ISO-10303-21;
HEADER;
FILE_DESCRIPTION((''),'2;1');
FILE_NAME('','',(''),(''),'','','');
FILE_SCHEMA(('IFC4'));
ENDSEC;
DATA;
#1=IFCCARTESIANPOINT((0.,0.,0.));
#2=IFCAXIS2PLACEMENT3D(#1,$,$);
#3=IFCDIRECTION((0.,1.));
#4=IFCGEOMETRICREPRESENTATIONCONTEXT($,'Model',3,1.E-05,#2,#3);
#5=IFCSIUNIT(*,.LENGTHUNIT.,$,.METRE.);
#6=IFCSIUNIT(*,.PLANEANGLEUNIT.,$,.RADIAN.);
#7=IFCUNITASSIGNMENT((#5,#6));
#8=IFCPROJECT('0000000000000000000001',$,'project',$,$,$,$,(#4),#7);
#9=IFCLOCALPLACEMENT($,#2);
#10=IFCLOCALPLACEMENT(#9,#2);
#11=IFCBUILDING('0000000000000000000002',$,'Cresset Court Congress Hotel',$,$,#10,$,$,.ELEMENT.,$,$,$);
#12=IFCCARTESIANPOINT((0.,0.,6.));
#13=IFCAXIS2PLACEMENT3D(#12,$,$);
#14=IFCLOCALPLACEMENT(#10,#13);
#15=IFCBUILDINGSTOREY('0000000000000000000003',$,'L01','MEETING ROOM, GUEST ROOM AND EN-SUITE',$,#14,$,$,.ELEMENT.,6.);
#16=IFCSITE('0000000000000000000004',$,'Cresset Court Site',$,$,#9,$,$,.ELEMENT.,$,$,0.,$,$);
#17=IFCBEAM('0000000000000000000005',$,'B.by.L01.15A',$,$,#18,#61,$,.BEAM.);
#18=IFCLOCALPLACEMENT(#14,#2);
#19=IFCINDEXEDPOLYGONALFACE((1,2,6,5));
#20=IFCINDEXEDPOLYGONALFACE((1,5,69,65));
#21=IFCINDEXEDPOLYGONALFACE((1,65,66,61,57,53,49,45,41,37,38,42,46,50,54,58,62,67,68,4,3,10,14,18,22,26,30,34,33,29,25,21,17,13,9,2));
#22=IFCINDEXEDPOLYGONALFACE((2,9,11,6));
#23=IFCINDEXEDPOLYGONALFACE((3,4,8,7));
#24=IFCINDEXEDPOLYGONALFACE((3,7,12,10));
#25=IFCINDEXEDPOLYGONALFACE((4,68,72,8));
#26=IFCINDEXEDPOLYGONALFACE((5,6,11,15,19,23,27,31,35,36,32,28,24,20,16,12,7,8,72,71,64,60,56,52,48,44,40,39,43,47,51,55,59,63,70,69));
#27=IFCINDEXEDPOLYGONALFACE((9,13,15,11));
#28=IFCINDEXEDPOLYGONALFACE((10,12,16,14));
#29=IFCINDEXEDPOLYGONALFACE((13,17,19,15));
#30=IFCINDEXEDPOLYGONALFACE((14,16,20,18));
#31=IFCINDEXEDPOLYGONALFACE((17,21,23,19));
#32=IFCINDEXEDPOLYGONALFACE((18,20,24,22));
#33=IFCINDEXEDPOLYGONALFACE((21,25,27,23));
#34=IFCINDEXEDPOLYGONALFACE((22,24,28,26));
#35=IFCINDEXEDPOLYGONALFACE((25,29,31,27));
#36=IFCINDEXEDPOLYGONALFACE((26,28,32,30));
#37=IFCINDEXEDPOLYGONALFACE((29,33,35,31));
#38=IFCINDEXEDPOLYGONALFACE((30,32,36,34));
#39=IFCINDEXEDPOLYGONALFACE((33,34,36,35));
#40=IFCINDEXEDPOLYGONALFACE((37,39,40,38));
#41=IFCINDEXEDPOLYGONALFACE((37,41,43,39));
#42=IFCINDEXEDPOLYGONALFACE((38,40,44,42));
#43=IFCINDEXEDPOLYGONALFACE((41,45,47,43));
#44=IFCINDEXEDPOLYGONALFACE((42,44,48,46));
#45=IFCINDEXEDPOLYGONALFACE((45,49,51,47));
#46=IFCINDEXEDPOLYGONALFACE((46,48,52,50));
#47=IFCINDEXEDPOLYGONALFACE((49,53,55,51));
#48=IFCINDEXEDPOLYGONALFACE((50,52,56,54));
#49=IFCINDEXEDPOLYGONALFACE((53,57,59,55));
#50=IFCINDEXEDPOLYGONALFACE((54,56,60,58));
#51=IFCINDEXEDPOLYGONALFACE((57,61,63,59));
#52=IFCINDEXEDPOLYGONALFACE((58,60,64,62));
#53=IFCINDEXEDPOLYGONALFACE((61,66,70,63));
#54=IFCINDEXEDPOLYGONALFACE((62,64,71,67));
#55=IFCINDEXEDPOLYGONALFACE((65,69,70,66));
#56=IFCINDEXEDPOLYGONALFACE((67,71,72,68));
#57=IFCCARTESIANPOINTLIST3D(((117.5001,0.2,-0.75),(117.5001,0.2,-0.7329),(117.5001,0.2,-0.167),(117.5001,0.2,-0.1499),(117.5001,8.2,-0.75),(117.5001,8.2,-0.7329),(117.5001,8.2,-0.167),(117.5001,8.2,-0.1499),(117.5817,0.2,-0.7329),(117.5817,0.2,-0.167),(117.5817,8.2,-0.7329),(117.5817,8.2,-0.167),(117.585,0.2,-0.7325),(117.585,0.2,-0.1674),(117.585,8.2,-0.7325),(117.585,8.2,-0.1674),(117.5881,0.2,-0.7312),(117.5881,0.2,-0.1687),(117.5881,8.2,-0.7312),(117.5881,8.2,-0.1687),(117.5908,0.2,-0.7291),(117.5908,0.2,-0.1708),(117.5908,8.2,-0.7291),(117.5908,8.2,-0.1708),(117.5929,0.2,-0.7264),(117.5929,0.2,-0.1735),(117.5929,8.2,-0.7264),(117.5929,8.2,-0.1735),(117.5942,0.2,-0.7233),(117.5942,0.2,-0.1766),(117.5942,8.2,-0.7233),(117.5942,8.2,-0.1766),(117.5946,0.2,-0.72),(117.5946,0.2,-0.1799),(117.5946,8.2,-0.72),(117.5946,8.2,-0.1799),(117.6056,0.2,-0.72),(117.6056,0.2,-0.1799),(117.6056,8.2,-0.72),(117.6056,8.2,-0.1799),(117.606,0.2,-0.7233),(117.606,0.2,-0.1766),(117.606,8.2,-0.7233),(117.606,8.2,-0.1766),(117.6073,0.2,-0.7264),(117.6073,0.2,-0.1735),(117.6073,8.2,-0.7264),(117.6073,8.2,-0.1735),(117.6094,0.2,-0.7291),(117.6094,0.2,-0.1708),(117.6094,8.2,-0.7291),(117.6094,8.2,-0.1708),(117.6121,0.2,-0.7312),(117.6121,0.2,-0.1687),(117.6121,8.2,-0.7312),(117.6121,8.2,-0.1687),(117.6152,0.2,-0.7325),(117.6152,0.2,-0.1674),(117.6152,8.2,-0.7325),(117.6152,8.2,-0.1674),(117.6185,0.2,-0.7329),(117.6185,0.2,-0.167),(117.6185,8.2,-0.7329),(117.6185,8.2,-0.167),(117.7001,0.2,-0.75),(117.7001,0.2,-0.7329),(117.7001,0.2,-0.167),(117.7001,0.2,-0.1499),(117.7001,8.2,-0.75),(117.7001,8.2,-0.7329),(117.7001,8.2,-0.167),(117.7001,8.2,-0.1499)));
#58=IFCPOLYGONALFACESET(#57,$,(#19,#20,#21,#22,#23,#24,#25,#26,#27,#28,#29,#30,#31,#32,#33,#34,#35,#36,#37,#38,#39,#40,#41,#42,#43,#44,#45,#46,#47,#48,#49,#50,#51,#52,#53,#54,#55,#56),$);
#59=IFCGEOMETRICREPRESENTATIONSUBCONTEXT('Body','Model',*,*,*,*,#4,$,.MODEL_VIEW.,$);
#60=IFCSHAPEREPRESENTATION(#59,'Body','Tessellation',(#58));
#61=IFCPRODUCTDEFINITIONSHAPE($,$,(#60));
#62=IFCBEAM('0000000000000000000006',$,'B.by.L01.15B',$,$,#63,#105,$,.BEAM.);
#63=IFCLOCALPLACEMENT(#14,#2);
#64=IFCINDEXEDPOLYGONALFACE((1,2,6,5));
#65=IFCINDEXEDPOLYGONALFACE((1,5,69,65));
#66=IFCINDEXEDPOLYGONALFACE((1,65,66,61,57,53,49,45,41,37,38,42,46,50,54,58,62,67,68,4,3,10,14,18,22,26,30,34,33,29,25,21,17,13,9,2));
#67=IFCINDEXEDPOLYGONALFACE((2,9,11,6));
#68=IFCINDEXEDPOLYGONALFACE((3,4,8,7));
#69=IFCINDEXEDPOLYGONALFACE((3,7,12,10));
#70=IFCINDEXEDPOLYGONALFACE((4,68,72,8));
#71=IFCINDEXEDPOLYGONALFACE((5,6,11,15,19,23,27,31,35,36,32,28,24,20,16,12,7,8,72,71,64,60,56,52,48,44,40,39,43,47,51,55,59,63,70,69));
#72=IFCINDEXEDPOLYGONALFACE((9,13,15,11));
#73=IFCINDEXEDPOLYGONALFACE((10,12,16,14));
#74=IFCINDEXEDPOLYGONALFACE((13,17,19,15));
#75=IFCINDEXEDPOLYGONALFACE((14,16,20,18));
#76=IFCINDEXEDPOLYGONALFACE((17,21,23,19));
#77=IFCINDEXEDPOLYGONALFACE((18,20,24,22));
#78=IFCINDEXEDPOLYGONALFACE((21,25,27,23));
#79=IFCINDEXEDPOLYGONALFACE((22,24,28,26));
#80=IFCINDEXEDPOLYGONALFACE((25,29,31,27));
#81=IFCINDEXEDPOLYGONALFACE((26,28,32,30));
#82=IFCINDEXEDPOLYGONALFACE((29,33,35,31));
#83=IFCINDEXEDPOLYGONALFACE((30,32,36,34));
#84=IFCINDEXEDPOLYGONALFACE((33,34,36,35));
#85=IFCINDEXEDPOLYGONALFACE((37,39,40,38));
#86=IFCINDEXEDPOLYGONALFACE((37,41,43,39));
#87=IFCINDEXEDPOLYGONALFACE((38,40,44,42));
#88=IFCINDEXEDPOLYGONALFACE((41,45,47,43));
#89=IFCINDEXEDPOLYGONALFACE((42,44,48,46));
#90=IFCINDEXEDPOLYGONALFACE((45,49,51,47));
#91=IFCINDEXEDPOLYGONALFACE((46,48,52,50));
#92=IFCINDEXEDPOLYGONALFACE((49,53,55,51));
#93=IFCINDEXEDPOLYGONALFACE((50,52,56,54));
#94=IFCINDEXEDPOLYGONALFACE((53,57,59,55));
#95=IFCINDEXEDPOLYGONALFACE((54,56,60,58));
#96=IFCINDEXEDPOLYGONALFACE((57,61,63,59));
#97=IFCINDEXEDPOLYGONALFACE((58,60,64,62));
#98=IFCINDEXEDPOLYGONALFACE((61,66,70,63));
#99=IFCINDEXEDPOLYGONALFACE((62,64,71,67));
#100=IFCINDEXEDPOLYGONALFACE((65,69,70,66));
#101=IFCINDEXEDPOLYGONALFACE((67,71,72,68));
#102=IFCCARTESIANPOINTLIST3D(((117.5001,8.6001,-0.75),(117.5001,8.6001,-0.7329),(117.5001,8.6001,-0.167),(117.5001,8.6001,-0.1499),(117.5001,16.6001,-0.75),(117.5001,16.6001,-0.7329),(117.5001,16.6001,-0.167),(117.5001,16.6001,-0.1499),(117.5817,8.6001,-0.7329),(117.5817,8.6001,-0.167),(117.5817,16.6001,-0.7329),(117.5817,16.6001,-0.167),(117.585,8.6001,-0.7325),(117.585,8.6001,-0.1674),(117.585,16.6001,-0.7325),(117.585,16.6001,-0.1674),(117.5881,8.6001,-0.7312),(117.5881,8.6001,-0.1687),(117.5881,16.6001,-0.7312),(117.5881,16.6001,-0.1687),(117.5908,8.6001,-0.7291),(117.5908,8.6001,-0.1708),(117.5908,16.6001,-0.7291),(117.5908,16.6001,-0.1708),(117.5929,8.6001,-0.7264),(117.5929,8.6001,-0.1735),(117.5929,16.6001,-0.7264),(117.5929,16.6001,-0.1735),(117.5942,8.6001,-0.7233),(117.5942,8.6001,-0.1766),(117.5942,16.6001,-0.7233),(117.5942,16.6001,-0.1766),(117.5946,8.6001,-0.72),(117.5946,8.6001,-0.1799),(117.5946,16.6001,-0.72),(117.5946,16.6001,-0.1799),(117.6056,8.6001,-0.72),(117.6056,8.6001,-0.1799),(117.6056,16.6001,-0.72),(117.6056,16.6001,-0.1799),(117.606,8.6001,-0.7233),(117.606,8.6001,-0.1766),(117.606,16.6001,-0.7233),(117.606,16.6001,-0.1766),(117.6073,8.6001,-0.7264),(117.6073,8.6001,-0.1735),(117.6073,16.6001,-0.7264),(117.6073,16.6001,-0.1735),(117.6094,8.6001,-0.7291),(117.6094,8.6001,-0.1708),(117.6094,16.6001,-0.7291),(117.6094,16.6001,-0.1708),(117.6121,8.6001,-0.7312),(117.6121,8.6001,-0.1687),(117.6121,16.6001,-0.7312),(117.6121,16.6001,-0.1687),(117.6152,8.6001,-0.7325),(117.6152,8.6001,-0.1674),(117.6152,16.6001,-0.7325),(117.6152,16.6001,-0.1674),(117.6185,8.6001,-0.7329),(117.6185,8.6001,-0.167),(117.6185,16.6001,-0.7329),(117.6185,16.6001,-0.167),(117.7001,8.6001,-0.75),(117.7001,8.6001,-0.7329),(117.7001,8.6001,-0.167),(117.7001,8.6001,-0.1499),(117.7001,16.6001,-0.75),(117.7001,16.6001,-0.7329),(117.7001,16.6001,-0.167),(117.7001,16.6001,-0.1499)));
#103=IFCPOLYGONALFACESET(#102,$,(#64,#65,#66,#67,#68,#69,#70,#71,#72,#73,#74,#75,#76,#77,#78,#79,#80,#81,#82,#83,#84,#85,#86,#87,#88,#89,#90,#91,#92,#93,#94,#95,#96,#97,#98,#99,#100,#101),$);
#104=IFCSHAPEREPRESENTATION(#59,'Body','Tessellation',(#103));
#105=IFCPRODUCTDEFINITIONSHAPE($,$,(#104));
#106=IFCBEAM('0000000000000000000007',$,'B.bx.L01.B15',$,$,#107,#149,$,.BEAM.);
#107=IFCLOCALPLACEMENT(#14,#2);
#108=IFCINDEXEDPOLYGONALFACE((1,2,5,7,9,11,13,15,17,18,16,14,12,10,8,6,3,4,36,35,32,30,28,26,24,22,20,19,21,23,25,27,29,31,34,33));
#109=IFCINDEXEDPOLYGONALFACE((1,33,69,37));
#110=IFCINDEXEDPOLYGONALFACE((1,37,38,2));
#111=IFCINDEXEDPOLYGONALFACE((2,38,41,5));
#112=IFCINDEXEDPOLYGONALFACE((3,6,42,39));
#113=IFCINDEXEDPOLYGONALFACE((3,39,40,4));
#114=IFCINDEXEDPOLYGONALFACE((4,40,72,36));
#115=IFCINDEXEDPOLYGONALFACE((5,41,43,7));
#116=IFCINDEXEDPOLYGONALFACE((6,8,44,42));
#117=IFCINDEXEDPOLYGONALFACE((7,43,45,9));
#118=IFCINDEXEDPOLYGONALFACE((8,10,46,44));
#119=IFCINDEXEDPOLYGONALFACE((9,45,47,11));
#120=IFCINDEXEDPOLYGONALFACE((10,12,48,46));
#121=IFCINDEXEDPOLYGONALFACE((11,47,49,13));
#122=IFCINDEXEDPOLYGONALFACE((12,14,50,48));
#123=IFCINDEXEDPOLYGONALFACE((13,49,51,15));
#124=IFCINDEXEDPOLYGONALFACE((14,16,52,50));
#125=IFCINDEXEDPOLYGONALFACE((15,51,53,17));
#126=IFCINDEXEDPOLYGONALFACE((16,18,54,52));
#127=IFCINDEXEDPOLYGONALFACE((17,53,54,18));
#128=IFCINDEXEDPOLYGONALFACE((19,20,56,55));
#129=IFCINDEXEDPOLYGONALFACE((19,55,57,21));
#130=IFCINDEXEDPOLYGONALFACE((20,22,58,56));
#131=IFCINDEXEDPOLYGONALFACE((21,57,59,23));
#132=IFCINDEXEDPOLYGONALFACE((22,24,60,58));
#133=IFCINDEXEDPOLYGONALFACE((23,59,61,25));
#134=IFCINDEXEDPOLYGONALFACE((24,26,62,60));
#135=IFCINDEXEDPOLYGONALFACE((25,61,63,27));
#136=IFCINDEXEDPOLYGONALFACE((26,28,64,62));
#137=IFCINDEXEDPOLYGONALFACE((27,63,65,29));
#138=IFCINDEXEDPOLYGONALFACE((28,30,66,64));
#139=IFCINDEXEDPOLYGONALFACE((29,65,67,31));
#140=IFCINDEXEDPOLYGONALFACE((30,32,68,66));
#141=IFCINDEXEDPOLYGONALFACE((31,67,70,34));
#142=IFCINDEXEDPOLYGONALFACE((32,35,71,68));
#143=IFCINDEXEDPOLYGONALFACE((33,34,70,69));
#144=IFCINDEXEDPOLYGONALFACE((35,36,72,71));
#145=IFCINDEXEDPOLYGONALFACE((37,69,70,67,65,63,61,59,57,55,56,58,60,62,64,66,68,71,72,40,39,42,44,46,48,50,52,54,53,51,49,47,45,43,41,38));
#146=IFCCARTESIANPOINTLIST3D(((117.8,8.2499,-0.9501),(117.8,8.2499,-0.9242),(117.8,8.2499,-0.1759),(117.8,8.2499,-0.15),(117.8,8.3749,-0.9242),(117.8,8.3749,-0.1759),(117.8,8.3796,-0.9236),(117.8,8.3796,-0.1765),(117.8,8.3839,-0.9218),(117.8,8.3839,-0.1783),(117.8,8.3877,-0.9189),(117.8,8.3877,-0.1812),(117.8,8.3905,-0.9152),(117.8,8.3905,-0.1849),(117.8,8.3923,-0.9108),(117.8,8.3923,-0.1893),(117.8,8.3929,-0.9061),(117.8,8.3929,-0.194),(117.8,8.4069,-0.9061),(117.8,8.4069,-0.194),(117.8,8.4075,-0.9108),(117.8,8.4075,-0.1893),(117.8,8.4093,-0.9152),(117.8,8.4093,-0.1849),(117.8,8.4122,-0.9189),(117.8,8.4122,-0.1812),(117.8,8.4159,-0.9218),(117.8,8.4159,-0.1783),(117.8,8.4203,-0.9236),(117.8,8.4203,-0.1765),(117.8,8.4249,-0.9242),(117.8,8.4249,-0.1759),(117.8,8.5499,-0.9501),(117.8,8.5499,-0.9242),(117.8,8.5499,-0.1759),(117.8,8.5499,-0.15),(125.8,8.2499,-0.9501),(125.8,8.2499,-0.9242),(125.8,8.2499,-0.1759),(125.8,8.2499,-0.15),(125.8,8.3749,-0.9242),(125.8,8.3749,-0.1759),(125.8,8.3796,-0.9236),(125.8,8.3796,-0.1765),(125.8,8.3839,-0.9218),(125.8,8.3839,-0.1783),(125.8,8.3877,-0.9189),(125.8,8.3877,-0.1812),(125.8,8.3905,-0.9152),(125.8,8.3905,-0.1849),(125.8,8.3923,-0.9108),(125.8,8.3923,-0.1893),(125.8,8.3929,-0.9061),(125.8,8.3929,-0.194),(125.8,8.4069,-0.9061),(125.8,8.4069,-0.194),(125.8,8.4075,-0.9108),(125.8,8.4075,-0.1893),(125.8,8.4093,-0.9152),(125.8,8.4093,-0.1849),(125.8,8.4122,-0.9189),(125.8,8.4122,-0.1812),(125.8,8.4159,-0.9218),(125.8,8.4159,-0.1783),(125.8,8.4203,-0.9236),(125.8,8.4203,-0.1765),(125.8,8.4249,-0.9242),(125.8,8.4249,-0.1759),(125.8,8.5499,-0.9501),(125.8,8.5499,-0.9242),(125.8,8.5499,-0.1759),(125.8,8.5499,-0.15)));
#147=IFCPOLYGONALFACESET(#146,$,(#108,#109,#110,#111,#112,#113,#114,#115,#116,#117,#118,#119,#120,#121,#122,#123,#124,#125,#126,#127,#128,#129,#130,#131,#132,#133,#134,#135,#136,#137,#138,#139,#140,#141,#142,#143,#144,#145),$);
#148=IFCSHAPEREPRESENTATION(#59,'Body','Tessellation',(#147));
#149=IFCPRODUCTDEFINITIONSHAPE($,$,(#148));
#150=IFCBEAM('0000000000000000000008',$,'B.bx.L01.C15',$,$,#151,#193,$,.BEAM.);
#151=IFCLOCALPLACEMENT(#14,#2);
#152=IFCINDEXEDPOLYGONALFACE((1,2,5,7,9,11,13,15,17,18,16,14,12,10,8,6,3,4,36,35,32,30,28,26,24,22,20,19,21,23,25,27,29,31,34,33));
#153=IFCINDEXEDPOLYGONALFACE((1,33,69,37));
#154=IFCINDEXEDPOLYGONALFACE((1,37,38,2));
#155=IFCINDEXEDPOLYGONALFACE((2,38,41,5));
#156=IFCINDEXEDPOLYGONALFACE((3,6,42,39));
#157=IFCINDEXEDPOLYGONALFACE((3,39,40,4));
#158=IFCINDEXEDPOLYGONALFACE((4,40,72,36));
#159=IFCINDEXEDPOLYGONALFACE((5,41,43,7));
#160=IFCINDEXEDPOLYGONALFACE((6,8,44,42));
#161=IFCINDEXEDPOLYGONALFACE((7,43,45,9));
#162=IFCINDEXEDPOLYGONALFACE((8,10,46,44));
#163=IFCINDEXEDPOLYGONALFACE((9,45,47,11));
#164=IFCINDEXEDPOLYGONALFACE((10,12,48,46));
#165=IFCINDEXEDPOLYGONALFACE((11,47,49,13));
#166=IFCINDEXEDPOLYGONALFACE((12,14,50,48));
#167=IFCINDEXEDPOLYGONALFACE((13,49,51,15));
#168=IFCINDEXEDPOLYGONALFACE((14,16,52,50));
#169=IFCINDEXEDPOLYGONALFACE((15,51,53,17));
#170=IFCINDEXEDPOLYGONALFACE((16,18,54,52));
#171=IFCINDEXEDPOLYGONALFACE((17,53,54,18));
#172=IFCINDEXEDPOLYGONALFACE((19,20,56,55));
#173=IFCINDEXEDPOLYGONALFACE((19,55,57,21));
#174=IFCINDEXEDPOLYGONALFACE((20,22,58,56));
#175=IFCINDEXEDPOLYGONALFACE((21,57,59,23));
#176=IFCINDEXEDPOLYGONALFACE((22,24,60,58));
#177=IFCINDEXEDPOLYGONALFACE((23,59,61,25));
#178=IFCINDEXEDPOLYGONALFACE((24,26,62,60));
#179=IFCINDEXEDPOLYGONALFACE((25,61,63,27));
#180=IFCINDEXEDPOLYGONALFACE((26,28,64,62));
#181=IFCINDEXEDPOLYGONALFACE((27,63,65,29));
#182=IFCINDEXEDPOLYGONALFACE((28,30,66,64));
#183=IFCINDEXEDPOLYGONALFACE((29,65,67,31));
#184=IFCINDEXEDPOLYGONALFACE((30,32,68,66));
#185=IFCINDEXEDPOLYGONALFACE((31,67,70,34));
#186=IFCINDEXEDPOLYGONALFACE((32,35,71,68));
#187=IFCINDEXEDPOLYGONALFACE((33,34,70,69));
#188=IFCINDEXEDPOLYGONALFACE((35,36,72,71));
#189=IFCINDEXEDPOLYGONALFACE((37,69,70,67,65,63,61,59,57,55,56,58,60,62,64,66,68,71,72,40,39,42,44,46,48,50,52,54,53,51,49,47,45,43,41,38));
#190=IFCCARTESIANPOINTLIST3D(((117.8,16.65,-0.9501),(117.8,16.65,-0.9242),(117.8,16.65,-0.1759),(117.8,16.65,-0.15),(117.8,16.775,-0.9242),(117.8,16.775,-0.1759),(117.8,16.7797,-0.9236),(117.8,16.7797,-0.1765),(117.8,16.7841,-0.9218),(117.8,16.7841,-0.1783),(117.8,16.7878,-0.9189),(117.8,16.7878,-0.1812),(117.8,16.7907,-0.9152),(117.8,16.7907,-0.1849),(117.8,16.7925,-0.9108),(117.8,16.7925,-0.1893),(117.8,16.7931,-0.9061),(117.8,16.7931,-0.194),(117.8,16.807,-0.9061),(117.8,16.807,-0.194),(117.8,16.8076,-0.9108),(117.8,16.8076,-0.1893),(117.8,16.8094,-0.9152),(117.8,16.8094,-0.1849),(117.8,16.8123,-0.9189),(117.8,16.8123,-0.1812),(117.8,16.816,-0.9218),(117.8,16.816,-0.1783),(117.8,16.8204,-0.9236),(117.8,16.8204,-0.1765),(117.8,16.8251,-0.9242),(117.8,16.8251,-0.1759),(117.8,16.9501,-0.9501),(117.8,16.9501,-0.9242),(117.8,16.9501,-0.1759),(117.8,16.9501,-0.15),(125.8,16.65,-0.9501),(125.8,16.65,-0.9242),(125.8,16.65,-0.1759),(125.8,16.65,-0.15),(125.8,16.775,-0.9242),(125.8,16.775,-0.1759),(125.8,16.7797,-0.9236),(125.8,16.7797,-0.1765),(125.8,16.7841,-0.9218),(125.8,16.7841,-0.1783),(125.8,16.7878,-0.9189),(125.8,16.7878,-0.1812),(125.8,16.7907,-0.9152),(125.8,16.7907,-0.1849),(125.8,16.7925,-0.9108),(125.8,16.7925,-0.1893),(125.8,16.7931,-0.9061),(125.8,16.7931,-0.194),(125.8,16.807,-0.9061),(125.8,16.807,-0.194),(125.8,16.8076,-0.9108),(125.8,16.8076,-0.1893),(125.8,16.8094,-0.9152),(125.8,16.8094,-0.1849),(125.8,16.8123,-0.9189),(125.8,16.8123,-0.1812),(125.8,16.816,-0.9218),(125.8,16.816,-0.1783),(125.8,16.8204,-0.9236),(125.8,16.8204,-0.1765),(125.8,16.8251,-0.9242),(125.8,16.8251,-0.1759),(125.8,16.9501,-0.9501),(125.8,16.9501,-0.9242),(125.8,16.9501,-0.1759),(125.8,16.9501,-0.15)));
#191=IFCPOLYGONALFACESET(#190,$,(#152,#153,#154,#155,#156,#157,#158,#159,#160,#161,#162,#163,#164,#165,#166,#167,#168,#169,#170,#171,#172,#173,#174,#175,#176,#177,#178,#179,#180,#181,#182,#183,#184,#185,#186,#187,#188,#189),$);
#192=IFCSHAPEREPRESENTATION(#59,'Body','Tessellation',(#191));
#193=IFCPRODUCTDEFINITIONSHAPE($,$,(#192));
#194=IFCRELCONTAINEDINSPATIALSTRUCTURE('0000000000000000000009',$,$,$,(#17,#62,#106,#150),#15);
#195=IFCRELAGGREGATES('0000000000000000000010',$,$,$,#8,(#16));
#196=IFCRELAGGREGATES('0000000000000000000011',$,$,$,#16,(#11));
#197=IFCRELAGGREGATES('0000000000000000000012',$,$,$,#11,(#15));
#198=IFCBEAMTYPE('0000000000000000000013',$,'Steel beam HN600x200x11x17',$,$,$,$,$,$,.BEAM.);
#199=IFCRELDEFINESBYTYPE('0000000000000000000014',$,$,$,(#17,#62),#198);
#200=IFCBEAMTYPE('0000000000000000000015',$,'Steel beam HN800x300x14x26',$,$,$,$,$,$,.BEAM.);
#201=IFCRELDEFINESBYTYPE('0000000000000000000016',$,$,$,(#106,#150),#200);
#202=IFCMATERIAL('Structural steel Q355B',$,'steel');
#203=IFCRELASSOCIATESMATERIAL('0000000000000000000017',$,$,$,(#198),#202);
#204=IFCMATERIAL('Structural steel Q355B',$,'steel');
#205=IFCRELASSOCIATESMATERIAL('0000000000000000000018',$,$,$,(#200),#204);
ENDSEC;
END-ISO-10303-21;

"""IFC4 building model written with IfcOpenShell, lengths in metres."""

from ifc_helpers import new_model, si_unit, direction, frame, origin, origin_2d, place, context, subcontext, project, spatial, i_section, extrude, material, material_profile, profile_set, type_object, element, save


model = new_model("IFC4")

# Units and contexts
model_context = context("Model", 3, precision=1e-05, world=origin(), true_north=direction((0.0, 1.0)))
body_context = subcontext(model_context, "Body", "Model", "MODEL_VIEW")
ifc_project = project(units=[si_unit("LENGTHUNIT", "METRE"), si_unit("PLANEANGLEUNIT", "RADIAN")], contexts=[model_context])

# Site, building, storey
site_placement = place(None, origin())
site = spatial("IfcSite", under=ifc_project, at=site_placement, Name="Cresset Court Site", CompositionType="ELEMENT", RefElevation=0.0)
building_placement = place(site_placement, origin())
building = spatial("IfcBuilding", under=site, at=building_placement, Name="Cresset Court Congress Hotel", CompositionType="ELEMENT")
storey_placement = place(building_placement, frame((0.0, 0.0, 6.0)))
storey = spatial("IfcBuildingStorey", under=building, at=storey_placement, Name="L01", Description="MEETING ROOM, GUEST ROOM AND EN-SUITE", CompositionType="ELEMENT", Elevation=6.0)

# Beams
ifc_material_1 = material(Name="Structural steel Q355B", Category="steel")
ifc_material_profile_1 = material_profile(ifc_material_1, i_section(OverallWidth=0.2, OverallDepth=0.6001, WebThickness=0.011, FlangeThickness=0.0171, FilletRadius=0.0129, at=origin_2d()), Name="HN600x200x11x17")
ifc_profile_set_1 = profile_set([ifc_material_profile_1], Name="Structural steel Q355B")
beam_type_1 = type_object("IfcBeamType", Name="Steel beam HN600x200x11x17", PredefinedType="BEAM", material=ifc_profile_set_1)
for number, where, z_axis, x_axis, name in (
    (1, (117.6001, 0.2, -0.45), (0.0, 1.0, 0.0), (-1.0, 0.0, 0.0), "B.by.L01.15A"),
    (2, (117.6001, 8.6001, -0.45), (0.0, 1.0, 0.0), (-1.0, 0.0, 0.0), "B.by.L01.15B"),
):
    element("IfcBeam", number, at=place(storey_placement, frame(where, z_axis=z_axis, x_axis=x_axis)), inside=storey, type_object=beam_type_1, Name=name, PredefinedType="BEAM", context=body_context, shape_type="SweptSolid", body=[
        extrude(i_section(OverallWidth=0.2, OverallDepth=0.6001, WebThickness=0.011, FlangeThickness=0.0171, FilletRadius=0.0129, at=origin_2d()), origin(), (0.0, 0.0, 1.0), 8.0),
    ])
ifc_material_2 = material(Name="Structural steel Q355B", Category="steel")
ifc_material_profile_2 = material_profile(ifc_material_2, i_section(OverallWidth=0.3, OverallDepth=0.8, WebThickness=0.0139, FlangeThickness=0.0259, FilletRadius=0.0181, at=origin_2d()), Name="HN800x300x14x26")
ifc_profile_set_2 = profile_set([ifc_material_profile_2], Name="Structural steel Q355B")
beam_type_2 = type_object("IfcBeamType", Name="Steel beam HN800x300x14x26", PredefinedType="BEAM", material=ifc_profile_set_2)
for number, where, z_axis, x_axis, name in (
    (3, (117.8, 8.3999, -0.55), (1.0, 0.0, 0.0), (0.0, 1.0, 0.0), "B.bx.L01.B15"),
    (4, (117.8, 16.8, -0.55), (1.0, 0.0, 0.0), (0.0, 1.0, 0.0), "B.bx.L01.C15"),
):
    element("IfcBeam", number, at=place(storey_placement, frame(where, z_axis=z_axis, x_axis=x_axis)), inside=storey, type_object=beam_type_2, Name=name, PredefinedType="BEAM", context=body_context, shape_type="SweptSolid", body=[
        extrude(i_section(OverallWidth=0.3, OverallDepth=0.8, WebThickness=0.0139, FlangeThickness=0.0259, FilletRadius=0.0181, at=origin_2d()), origin(), (0.0, 0.0, 1.0), 8.0),
    ])

save(model, "model.ifc")
